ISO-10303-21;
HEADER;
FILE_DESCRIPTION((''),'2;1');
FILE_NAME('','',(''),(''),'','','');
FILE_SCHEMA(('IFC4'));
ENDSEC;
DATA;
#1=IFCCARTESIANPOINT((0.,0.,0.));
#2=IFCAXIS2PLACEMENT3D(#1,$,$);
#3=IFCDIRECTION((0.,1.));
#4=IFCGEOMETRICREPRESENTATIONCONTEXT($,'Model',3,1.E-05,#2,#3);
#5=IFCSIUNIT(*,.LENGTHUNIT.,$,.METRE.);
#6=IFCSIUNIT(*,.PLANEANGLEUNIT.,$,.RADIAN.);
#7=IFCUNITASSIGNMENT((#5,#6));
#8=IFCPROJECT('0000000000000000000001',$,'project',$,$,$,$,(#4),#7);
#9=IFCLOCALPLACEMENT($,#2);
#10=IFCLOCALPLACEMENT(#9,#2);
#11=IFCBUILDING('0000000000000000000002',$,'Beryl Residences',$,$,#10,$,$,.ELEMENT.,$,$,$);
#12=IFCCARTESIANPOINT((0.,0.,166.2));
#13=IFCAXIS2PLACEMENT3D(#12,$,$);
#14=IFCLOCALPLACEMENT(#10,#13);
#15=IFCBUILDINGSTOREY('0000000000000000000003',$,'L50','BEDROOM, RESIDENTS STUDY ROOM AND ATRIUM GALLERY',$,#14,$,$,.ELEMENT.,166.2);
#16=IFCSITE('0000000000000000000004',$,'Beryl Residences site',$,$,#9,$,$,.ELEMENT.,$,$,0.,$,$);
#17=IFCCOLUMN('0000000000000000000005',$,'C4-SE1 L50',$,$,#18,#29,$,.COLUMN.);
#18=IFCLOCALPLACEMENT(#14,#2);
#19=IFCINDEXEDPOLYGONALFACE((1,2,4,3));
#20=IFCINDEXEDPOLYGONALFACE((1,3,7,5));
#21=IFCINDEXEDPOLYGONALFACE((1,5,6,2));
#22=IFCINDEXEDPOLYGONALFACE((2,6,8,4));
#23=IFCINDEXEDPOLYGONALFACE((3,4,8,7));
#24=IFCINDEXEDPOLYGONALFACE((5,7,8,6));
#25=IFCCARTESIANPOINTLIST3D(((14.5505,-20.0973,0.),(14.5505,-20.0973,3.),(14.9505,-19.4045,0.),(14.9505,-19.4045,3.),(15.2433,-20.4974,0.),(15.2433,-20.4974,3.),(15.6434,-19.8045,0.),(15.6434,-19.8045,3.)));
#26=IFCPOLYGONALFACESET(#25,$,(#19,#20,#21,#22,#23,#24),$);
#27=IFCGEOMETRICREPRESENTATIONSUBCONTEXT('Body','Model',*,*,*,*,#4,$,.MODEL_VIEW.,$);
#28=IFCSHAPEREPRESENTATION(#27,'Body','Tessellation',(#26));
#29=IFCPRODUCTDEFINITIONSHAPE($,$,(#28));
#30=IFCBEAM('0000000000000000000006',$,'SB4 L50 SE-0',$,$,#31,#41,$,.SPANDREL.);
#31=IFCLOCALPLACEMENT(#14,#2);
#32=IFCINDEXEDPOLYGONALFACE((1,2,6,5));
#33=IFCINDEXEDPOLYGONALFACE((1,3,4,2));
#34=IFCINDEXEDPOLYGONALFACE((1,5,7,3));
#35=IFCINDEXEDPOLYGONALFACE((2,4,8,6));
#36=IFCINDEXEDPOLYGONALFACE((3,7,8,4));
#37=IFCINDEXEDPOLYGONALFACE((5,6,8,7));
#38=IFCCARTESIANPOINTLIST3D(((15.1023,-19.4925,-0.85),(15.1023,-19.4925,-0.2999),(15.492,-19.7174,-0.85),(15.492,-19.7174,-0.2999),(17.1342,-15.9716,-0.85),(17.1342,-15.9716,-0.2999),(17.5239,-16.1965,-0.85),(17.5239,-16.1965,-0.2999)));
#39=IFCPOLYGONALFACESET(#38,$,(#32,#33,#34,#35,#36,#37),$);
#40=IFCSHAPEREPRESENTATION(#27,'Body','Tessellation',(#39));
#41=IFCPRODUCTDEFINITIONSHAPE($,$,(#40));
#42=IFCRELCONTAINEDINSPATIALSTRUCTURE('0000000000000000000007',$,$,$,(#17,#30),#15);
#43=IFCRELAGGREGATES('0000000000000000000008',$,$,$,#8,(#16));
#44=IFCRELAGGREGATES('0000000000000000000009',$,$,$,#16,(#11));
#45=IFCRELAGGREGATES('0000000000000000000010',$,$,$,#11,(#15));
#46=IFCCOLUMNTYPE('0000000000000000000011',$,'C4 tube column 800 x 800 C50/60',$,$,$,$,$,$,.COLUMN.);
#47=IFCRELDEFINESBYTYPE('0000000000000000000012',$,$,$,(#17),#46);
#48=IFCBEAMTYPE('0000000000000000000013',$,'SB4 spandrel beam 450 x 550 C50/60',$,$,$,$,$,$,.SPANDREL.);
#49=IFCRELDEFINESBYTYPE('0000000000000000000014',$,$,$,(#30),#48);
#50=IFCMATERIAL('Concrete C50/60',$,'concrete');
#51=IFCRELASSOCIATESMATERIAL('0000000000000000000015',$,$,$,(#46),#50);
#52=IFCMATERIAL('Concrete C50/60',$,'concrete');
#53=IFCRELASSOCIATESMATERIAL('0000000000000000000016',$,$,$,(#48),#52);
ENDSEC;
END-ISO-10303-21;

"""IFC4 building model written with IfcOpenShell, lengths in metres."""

from ifc_helpers import new_model, si_unit, direction, frame, origin, origin_2d, place, context, subcontext, project, spatial, rectangle, extrude, material, material_profile, profile_set, type_object, element, save


model = new_model("IFC4")

# Units and contexts
model_context = context("Model", 3, precision=1e-05, world=origin(), true_north=direction((0.0, 1.0)))
body_context = subcontext(model_context, "Body", "Model", "MODEL_VIEW")
ifc_project = project(units=[si_unit("LENGTHUNIT", "METRE"), si_unit("PLANEANGLEUNIT", "RADIAN")], contexts=[model_context])

# Site, building, storey
site_placement = place(None, origin())
site = spatial("IfcSite", under=ifc_project, at=site_placement, Name="Beryl Residences site", CompositionType="ELEMENT", RefElevation=0.0)
building_placement = place(site_placement, origin())
building = spatial("IfcBuilding", under=site, at=building_placement, Name="Beryl Residences", CompositionType="ELEMENT")
storey_placement = place(building_placement, frame((0.0, 0.0, 166.2)))
storey = spatial("IfcBuildingStorey", under=building, at=storey_placement, Name="L50", Description="BEDROOM, RESIDENTS STUDY ROOM AND ATRIUM GALLERY", CompositionType="ELEMENT", Elevation=166.2)

# Column
ifc_material_1 = material(Name="Concrete C50/60", Category="concrete")
ifc_material_profile_1 = material_profile(ifc_material_1, rectangle(XDim=0.8, YDim=0.8, at=origin_2d()))
ifc_profile_set_1 = profile_set([ifc_material_profile_1], Name="Concrete C50/60")
column_type = type_object("IfcColumnType", Name="C4 tube column 800 x 800 C50/60", PredefinedType="COLUMN", material=ifc_profile_set_1)
column_placement = place(storey_placement, frame((15.0969, -19.9509, 0.0), z_axis=(0.0, 0.0, 1.0), x_axis=(0.5, 0.866025, 0.0)))
element("IfcColumn", 1, at=column_placement, inside=storey, type_object=column_type, Name="C4-SE1 L50", PredefinedType="COLUMN", context=body_context, shape_type="SweptSolid", body=[
    extrude(rectangle(XDim=0.8, YDim=0.8, at=origin_2d()), origin(), (0.0, 0.0, 1.0), 3.0),
])

# Beam
ifc_material_2 = material(Name="Concrete C50/60", Category="concrete")
ifc_material_profile_2 = material_profile(ifc_material_2, rectangle(XDim=0.45, YDim=0.55, at=origin_2d()))
ifc_profile_set_2 = profile_set([ifc_material_profile_2], Name="Concrete C50/60")
beam_type = type_object("IfcBeamType", Name="SB4 spandrel beam 450 x 550 C50/60", PredefinedType="SPANDREL", material=ifc_profile_set_2)
beam_placement = place(storey_placement, frame((15.2971, -19.605, -0.575), z_axis=(0.49984, 0.866118, 0.0), x_axis=(-0.866118, 0.49984, 0.0)))
element("IfcBeam", 2, at=beam_placement, inside=storey, type_object=beam_type, Name="SB4 L50 SE-0", PredefinedType="SPANDREL", context=body_context, shape_type="SweptSolid", body=[
    extrude(rectangle(XDim=0.45, YDim=0.55, at=origin_2d()), origin(), (0.0, 0.0, 1.0), 4.0652),
])

save(model, "model.ifc")
